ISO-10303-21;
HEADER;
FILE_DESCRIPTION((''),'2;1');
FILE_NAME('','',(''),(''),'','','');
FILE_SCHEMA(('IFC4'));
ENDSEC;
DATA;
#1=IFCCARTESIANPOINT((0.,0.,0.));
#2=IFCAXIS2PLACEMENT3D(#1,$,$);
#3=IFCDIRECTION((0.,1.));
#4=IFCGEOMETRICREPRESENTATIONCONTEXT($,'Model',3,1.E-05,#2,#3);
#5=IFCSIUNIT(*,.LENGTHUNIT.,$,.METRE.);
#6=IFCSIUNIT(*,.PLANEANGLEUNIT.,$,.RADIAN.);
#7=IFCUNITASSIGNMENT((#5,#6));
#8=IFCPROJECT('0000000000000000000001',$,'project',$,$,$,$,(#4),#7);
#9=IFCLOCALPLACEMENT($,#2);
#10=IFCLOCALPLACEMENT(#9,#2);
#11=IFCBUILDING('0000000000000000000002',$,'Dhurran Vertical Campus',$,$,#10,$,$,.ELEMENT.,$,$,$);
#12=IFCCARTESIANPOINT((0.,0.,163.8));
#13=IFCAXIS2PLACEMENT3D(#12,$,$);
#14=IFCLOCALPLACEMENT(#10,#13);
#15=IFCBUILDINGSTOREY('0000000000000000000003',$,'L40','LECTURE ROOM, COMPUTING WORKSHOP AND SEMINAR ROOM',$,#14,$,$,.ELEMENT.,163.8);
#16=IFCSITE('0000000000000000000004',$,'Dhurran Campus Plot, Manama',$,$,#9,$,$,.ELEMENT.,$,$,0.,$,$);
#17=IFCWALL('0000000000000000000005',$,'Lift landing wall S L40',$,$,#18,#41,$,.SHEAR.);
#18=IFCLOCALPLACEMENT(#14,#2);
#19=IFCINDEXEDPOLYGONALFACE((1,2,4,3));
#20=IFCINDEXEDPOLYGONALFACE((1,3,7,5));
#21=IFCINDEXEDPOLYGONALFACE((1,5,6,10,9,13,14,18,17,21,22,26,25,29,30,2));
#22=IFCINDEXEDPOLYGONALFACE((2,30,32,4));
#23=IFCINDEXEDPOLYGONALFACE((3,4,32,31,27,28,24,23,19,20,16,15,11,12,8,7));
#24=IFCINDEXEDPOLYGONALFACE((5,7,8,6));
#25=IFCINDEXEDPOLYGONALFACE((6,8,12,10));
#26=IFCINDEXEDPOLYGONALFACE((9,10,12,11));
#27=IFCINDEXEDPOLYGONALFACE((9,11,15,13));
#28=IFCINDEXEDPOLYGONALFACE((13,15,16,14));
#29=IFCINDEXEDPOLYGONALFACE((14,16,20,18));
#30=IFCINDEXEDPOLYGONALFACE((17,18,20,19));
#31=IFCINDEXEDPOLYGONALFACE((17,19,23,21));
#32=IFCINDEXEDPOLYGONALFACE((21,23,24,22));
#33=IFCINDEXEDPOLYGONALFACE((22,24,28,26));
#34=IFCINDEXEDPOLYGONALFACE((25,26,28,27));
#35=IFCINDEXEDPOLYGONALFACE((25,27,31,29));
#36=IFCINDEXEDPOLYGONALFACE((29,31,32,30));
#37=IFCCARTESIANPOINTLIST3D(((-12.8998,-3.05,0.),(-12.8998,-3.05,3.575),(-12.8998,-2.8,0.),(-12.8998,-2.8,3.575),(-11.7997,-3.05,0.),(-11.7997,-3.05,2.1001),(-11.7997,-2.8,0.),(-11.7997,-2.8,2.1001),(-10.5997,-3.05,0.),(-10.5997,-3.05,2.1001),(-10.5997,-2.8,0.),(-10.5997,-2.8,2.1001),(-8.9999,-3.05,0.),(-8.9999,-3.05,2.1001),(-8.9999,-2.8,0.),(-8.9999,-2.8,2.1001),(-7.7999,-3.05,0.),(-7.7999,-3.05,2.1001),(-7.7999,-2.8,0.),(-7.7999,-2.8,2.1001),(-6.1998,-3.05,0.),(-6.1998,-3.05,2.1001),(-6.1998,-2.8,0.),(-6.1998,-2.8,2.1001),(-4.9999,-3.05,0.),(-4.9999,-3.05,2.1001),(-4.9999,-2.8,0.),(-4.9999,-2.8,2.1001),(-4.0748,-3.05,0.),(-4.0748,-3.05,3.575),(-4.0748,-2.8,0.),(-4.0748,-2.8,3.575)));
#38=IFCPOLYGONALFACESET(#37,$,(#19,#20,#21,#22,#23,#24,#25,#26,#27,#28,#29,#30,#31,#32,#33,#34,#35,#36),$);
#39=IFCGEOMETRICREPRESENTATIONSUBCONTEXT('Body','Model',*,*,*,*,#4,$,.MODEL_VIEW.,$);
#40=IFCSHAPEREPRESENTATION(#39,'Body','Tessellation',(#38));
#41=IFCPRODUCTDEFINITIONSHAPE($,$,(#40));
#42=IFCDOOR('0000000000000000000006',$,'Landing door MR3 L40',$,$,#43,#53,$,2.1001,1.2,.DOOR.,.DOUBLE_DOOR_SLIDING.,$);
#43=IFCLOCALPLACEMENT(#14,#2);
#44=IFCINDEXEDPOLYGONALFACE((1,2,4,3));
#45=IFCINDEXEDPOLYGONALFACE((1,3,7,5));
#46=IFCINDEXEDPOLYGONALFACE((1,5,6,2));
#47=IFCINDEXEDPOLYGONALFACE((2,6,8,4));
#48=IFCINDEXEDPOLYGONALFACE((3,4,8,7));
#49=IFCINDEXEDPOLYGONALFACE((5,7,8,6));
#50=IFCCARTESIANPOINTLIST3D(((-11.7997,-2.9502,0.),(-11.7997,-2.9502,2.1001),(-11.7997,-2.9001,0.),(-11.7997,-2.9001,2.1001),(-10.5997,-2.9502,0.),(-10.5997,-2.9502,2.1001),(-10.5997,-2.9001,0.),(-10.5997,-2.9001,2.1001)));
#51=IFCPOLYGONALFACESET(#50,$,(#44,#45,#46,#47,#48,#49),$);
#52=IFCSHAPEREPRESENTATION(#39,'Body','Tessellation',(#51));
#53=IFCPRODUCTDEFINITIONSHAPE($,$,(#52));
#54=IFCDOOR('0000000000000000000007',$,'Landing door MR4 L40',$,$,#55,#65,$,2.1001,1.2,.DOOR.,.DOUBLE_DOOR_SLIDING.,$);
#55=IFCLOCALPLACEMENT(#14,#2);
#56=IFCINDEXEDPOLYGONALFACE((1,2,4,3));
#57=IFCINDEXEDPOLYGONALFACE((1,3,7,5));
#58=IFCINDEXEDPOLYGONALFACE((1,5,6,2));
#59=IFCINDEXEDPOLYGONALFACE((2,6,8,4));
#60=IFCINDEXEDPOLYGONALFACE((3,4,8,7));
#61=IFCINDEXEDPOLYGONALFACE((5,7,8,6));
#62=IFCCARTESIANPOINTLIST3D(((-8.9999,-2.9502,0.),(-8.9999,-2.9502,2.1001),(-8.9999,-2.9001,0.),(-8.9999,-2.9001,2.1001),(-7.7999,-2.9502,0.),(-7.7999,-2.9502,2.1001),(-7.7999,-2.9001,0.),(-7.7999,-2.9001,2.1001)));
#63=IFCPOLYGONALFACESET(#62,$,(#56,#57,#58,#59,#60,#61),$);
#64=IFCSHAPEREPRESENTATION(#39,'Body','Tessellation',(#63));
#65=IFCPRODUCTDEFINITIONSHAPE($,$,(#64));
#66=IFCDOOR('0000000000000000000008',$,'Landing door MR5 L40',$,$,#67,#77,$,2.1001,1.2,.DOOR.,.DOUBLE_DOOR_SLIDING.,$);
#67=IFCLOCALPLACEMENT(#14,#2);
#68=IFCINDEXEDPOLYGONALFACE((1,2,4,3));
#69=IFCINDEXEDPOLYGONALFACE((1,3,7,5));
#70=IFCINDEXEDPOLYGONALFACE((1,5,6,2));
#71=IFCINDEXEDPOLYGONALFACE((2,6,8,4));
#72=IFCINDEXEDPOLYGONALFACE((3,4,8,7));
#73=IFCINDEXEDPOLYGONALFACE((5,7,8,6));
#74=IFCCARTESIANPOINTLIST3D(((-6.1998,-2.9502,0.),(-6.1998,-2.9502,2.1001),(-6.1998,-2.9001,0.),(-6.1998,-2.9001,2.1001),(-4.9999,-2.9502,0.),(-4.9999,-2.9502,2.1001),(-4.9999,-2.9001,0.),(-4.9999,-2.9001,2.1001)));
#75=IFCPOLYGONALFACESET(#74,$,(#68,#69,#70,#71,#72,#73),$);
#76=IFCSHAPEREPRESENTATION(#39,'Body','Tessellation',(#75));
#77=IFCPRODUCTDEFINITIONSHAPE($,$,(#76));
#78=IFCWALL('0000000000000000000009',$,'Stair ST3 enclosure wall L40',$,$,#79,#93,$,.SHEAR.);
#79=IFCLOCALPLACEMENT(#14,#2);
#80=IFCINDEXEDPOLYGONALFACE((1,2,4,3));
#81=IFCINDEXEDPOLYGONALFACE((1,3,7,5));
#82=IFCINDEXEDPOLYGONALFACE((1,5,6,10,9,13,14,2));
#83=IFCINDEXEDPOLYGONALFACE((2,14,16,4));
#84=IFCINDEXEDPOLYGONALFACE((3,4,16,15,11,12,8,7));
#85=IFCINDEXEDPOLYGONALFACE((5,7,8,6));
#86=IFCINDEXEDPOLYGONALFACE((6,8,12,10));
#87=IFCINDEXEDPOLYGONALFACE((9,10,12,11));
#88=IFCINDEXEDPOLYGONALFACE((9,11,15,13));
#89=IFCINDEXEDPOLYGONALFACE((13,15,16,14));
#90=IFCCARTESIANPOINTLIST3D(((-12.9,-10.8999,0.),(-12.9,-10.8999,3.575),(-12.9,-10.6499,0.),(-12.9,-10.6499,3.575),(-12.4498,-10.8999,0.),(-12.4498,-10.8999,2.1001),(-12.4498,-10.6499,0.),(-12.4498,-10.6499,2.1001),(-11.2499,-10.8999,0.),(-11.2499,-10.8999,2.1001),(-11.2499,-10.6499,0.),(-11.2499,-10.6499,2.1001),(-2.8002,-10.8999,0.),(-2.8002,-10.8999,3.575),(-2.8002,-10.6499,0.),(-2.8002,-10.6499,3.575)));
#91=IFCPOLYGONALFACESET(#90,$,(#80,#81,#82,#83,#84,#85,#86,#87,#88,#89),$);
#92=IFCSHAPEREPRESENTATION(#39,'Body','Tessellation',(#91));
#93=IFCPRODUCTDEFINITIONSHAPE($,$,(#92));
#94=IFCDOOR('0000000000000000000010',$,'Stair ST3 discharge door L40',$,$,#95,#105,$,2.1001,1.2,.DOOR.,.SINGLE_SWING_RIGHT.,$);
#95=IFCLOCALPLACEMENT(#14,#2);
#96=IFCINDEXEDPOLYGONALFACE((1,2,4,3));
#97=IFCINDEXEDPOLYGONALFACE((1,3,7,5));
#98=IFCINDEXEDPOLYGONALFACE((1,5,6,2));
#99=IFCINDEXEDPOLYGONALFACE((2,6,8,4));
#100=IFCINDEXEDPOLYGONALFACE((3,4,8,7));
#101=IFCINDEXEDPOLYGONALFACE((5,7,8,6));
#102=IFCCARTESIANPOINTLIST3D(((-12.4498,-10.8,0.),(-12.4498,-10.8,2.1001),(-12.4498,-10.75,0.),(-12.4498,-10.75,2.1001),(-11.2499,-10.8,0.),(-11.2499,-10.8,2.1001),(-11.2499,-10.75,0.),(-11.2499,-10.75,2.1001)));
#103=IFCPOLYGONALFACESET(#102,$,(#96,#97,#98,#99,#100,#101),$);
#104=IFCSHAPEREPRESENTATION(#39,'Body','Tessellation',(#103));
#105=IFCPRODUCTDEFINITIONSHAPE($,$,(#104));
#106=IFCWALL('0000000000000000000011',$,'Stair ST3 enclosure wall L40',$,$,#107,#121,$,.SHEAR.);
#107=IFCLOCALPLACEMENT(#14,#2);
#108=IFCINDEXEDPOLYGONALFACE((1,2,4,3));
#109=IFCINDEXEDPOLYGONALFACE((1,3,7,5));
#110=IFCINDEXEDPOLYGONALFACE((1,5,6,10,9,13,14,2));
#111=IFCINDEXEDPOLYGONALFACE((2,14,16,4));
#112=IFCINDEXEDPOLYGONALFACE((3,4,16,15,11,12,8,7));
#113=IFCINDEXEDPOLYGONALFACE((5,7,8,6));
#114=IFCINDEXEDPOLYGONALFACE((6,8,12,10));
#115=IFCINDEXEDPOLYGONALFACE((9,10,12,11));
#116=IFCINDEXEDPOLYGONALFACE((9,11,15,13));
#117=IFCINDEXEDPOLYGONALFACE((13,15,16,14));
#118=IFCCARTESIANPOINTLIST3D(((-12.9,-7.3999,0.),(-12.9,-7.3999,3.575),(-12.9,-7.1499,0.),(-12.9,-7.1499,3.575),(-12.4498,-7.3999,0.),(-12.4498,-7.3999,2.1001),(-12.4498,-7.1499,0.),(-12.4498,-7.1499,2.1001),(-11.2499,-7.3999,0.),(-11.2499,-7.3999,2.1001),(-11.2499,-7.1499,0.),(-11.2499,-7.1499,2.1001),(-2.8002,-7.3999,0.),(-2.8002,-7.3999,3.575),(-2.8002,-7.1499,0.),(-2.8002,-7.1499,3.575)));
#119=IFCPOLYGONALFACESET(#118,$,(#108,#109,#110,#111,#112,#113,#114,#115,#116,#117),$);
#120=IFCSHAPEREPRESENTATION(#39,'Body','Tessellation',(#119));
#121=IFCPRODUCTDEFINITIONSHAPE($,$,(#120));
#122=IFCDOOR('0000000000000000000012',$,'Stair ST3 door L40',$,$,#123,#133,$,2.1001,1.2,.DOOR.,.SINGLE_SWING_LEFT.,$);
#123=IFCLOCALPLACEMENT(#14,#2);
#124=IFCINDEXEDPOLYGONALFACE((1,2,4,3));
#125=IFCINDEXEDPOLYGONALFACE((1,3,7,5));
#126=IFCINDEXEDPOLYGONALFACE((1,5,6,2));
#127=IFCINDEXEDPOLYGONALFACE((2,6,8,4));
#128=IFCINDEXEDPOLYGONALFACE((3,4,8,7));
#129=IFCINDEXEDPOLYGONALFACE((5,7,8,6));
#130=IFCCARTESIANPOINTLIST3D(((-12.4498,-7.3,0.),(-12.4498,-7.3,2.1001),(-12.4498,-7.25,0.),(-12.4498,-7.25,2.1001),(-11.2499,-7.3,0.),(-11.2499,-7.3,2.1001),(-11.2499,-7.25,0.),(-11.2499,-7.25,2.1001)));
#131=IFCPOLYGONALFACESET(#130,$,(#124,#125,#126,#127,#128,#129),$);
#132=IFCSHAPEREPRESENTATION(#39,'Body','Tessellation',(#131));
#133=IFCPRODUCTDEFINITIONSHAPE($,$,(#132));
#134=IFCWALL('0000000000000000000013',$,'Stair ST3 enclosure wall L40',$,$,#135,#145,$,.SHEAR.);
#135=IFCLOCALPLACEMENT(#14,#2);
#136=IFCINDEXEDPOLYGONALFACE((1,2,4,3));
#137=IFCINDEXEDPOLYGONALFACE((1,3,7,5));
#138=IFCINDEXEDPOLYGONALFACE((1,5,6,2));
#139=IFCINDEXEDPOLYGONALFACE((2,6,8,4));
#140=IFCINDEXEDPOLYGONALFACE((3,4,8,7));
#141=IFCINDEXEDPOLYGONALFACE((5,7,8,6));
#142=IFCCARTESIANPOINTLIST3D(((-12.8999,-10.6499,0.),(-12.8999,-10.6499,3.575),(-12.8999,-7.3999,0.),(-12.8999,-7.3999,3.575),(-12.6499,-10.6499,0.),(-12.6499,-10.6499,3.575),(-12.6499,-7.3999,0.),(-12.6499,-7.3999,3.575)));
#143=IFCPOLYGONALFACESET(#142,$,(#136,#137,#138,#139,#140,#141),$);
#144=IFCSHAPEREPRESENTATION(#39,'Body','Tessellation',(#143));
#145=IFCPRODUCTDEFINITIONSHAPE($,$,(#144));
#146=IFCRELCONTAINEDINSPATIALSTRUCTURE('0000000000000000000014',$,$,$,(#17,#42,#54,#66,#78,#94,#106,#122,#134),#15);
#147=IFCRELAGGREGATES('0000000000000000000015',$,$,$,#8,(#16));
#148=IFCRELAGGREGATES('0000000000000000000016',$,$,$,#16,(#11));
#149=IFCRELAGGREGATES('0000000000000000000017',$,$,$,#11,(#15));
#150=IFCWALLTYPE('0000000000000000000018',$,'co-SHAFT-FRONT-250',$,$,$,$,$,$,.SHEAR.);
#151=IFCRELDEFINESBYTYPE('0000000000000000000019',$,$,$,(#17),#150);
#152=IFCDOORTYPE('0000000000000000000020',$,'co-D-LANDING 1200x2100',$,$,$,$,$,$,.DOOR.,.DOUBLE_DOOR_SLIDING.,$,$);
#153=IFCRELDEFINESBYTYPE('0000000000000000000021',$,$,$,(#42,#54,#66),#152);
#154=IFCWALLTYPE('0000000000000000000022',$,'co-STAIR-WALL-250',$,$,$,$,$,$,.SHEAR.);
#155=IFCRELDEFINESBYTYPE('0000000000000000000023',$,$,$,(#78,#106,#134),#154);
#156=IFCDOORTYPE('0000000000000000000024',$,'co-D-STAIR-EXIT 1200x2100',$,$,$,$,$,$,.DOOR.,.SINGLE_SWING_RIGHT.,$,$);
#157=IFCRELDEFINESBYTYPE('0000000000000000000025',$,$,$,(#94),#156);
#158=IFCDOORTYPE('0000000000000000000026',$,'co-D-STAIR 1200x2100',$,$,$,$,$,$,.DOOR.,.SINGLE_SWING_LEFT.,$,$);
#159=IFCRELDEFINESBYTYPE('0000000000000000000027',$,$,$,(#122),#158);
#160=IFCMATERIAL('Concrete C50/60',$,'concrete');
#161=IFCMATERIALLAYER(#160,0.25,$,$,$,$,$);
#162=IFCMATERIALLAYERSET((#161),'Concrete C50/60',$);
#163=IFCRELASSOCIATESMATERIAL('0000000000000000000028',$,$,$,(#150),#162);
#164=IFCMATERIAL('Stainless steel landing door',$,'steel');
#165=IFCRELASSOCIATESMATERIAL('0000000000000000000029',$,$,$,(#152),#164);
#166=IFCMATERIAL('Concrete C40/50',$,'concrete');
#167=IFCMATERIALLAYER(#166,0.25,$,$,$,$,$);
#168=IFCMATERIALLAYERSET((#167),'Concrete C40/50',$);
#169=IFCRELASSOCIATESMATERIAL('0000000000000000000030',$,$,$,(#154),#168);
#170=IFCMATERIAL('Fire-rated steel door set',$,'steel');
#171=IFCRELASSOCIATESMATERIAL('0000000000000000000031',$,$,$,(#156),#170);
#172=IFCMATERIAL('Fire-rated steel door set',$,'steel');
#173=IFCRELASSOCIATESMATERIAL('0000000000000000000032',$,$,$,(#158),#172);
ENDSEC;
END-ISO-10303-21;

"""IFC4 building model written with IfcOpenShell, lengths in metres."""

from ifc_helpers import new_model, si_unit, direction, frame, frame_2d, origin, place, context, subcontext, project, spatial, rectangle, extrude, material, layer, layer_set, type_object, element, fill, save


model = new_model("IFC4")

# Units and contexts
model_context = context("Model", 3, precision=1e-05, world=origin(), true_north=direction((0.0, 1.0)))
body_context = subcontext(model_context, "Body", "Model", "MODEL_VIEW")
ifc_project = project(units=[si_unit("LENGTHUNIT", "METRE"), si_unit("PLANEANGLEUNIT", "RADIAN")], contexts=[model_context])

# Site, building, storey
site_placement = place(None, origin())
site = spatial("IfcSite", under=ifc_project, at=site_placement, Name="Dhurran Campus Plot, Manama", CompositionType="ELEMENT", RefElevation=0.0)
building_placement = place(site_placement, origin())
building = spatial("IfcBuilding", under=site, at=building_placement, Name="Dhurran Vertical Campus", CompositionType="ELEMENT")
storey_placement = place(building_placement, frame((0.0, 0.0, 163.8)))
storey = spatial("IfcBuildingStorey", under=building, at=storey_placement, Name="L40", Description="LECTURE ROOM, COMPUTING WORKSHOP AND SEMINAR ROOM", CompositionType="ELEMENT", Elevation=163.8)

# Wall, openings, doors
ifc_material_1 = material(Name="Concrete C50/60", Category="concrete")
ifc_layer_1 = layer(ifc_material_1, 0.25)
ifc_layer_set_1 = layer_set([ifc_layer_1], Name="Concrete C50/60")
wall_type_1 = type_object("IfcWallType", Name="co-SHAFT-FRONT-250", PredefinedType="SHEAR", material=ifc_layer_set_1)
wall_1_placement = place(storey_placement, frame((-12.8999, -2.925, 0.0), z_axis=(0.0, 0.0, 1.0), x_axis=(1.0, 0.0, 0.0)))
wall_1 = element("IfcWall", 1, at=wall_1_placement, inside=storey, type_object=wall_type_1, Name="Lift landing wall S L40", PredefinedType="SHEAR", context=body_context, shape_type="SweptSolid", body=[
    extrude(rectangle(XDim=8.825, YDim=0.25, at=frame_2d((4.4126, 0.0))), origin(), (0.0, 0.0, 1.0), 3.575),
])
opening_1_placement = place(wall_1_placement, frame((1.1001, 0.0, 0.0)))
opening_1 = element("IfcOpeningElement", 2, at=opening_1_placement, cuts=wall_1, PredefinedType="OPENING", context=body_context, shape_type="SweptSolid", body=[
    extrude(rectangle(XDim=1.2, YDim=2.1001, at=frame_2d((0.6001, 1.05))), frame((0.0, 0.135, 0.0), z_axis=(0.0, -1.0, 0.0), x_axis=(1.0, 0.0, 0.0)), (0.0, 0.0, 1.0), 0.27),
])
opening_2_placement = place(wall_1_placement, frame((3.8999, 0.0, 0.0)))
opening_2 = element("IfcOpeningElement", 3, at=opening_2_placement, cuts=wall_1, PredefinedType="OPENING", context=body_context, shape_type="SweptSolid", body=[
    extrude(rectangle(XDim=1.2, YDim=2.1001, at=frame_2d((0.6001, 1.05))), frame((0.0, 0.135, 0.0), z_axis=(0.0, -1.0, 0.0), x_axis=(1.0, 0.0, 0.0)), (0.0, 0.0, 1.0), 0.27),
])
opening_3_placement = place(wall_1_placement, frame((6.7, 0.0, 0.0)))
opening_3 = element("IfcOpeningElement", 4, at=opening_3_placement, cuts=wall_1, PredefinedType="OPENING", context=body_context, shape_type="SweptSolid", body=[
    extrude(rectangle(XDim=1.2, YDim=2.1001, at=frame_2d((0.6001, 1.05))), frame((0.0, 0.135, 0.0), z_axis=(0.0, -1.0, 0.0), x_axis=(1.0, 0.0, 0.0)), (0.0, 0.0, 1.0), 0.27),
])
ifc_material_2 = material(Name="Stainless steel landing door", Category="steel")
door_type_1 = type_object("IfcDoorType", Name="co-D-LANDING 1200x2100", OperationType="DOUBLE_DOOR_SLIDING", PredefinedType="DOOR", material=ifc_material_2)
door_1_placement = place(opening_1_placement, origin())
door_1 = element("IfcDoor", 5, at=door_1_placement, inside=storey, type_object=door_type_1, Name="Landing door MR3 L40", OperationType="DOUBLE_DOOR_SLIDING", OverallHeight=2.1001, OverallWidth=1.2, PredefinedType="DOOR", context=body_context, shape_type="SweptSolid", body=[
    extrude(rectangle(XDim=1.2, YDim=2.1001, at=frame_2d((0.6001, 1.05))), frame((0.0, 0.0249, 0.0), z_axis=(0.0, -1.0, 0.0), x_axis=(1.0, 0.0, 0.0)), (0.0, 0.0, 1.0), 0.05),
])
fill(opening_1, door_1)
door_2_placement = place(opening_2_placement, origin())
door_2 = element("IfcDoor", 6, at=door_2_placement, inside=storey, type_object=door_type_1, Name="Landing door MR4 L40", OperationType="DOUBLE_DOOR_SLIDING", OverallHeight=2.1001, OverallWidth=1.2, PredefinedType="DOOR", context=body_context, shape_type="SweptSolid", body=[
    extrude(rectangle(XDim=1.2, YDim=2.1001, at=frame_2d((0.6001, 1.05))), frame((0.0, 0.0249, 0.0), z_axis=(0.0, -1.0, 0.0), x_axis=(1.0, 0.0, 0.0)), (0.0, 0.0, 1.0), 0.05),
])
fill(opening_2, door_2)
door_3_placement = place(opening_3_placement, origin())
door_3 = element("IfcDoor", 7, at=door_3_placement, inside=storey, type_object=door_type_1, Name="Landing door MR5 L40", OperationType="DOUBLE_DOOR_SLIDING", OverallHeight=2.1001, OverallWidth=1.2, PredefinedType="DOOR", context=body_context, shape_type="SweptSolid", body=[
    extrude(rectangle(XDim=1.2, YDim=2.1001, at=frame_2d((0.6001, 1.05))), frame((0.0, 0.0249, 0.0), z_axis=(0.0, -1.0, 0.0), x_axis=(1.0, 0.0, 0.0)), (0.0, 0.0, 1.0), 0.05),
])
fill(opening_3, door_3)

# Walls, openings, doors
ifc_material_3 = material(Name="Concrete C40/50", Category="concrete")
ifc_layer_2 = layer(ifc_material_3, 0.25)
ifc_layer_set_2 = layer_set([ifc_layer_2], Name="Concrete C40/50")
wall_type_2 = type_object("IfcWallType", Name="co-STAIR-WALL-250", PredefinedType="SHEAR", material=ifc_layer_set_2)
wall_2_placement = place(storey_placement, frame((-12.8999, -10.7749, 0.0), z_axis=(0.0, 0.0, 1.0), x_axis=(1.0, 0.0, 0.0)))
wall_2 = element("IfcWall", 8, at=wall_2_placement, inside=storey, type_object=wall_type_2, Name="Stair ST3 enclosure wall L40", PredefinedType="SHEAR", context=body_context, shape_type="SweptSolid", body=[
    extrude(rectangle(XDim=10.0999, YDim=0.25, at=frame_2d((5.0498, 0.0))), origin(), (0.0, 0.0, 1.0), 3.575),
])
opening_4_placement = place(wall_2_placement, frame((0.45, 0.0, 0.0)))
opening_4 = element("IfcOpeningElement", 9, at=opening_4_placement, cuts=wall_2, PredefinedType="OPENING", context=body_context, shape_type="SweptSolid", body=[
    extrude(rectangle(XDim=1.2, YDim=2.1001, at=frame_2d((0.6001, 1.05))), frame((0.0, 0.135, 0.0), z_axis=(0.0, -1.0, 0.0), x_axis=(1.0, 0.0, 0.0)), (0.0, 0.0, 1.0), 0.27),
])
ifc_material_4 = material(Name="Fire-rated steel door set", Category="steel")
door_type_2 = type_object("IfcDoorType", Name="co-D-STAIR-EXIT 1200x2100", OperationType="SINGLE_SWING_RIGHT", PredefinedType="DOOR", material=ifc_material_4)
door_4_placement = place(opening_4_placement, origin())
door_4 = element("IfcDoor", 10, at=door_4_placement, inside=storey, type_object=door_type_2, Name="Stair ST3 discharge door L40", OperationType="SINGLE_SWING_RIGHT", OverallHeight=2.1001, OverallWidth=1.2, PredefinedType="DOOR", context=body_context, shape_type="SweptSolid", body=[
    extrude(rectangle(XDim=1.2, YDim=2.1001, at=frame_2d((0.6001, 1.05))), frame((0.0, 0.0249, 0.0), z_axis=(0.0, -1.0, 0.0), x_axis=(1.0, 0.0, 0.0)), (0.0, 0.0, 1.0), 0.05),
])
fill(opening_4, door_4)
wall_3_placement = place(storey_placement, frame((-12.8999, -7.2749, 0.0), z_axis=(0.0, 0.0, 1.0), x_axis=(1.0, 0.0, 0.0)))
wall_3 = element("IfcWall", 11, at=wall_3_placement, inside=storey, type_object=wall_type_2, Name="Stair ST3 enclosure wall L40", PredefinedType="SHEAR", context=body_context, shape_type="SweptSolid", body=[
    extrude(rectangle(XDim=10.0999, YDim=0.25, at=frame_2d((5.0498, 0.0))), origin(), (0.0, 0.0, 1.0), 3.575),
])
opening_5_placement = place(wall_3_placement, frame((0.45, 0.0, 0.0)))
opening_5 = element("IfcOpeningElement", 12, at=opening_5_placement, cuts=wall_3, PredefinedType="OPENING", context=body_context, shape_type="SweptSolid", body=[
    extrude(rectangle(XDim=1.2, YDim=2.1001, at=frame_2d((0.6001, 1.05))), frame((0.0, 0.135, 0.0), z_axis=(0.0, -1.0, 0.0), x_axis=(1.0, 0.0, 0.0)), (0.0, 0.0, 1.0), 0.27),
])
ifc_material_5 = material(Name="Fire-rated steel door set", Category="steel")
door_type_3 = type_object("IfcDoorType", Name="co-D-STAIR 1200x2100", OperationType="SINGLE_SWING_LEFT", PredefinedType="DOOR", material=ifc_material_5)
door_5_placement = place(opening_5_placement, origin())
door_5 = element("IfcDoor", 13, at=door_5_placement, inside=storey, type_object=door_type_3, Name="Stair ST3 door L40", OperationType="SINGLE_SWING_LEFT", OverallHeight=2.1001, OverallWidth=1.2, PredefinedType="DOOR", context=body_context, shape_type="SweptSolid", body=[
    extrude(rectangle(XDim=1.2, YDim=2.1001, at=frame_2d((0.6001, 1.05))), frame((0.0, 0.0249, 0.0), z_axis=(0.0, -1.0, 0.0), x_axis=(1.0, 0.0, 0.0)), (0.0, 0.0, 1.0), 0.05),
])
fill(opening_5, door_5)

# Wall
wall_4_placement = place(storey_placement, frame((-12.7749, -10.6499, 0.0), z_axis=(0.0, 0.0, 1.0), x_axis=(0.0, 1.0, 0.0)))
element("IfcWall", 14, at=wall_4_placement, inside=storey, type_object=wall_type_2, Name="Stair ST3 enclosure wall L40", PredefinedType="SHEAR", context=body_context, shape_type="SweptSolid", body=[
    extrude(rectangle(XDim=3.25, YDim=0.25, at=frame_2d((1.625, 0.0))), origin(), (0.0, 0.0, 1.0), 3.575),
])

save(model, "model.ifc")
